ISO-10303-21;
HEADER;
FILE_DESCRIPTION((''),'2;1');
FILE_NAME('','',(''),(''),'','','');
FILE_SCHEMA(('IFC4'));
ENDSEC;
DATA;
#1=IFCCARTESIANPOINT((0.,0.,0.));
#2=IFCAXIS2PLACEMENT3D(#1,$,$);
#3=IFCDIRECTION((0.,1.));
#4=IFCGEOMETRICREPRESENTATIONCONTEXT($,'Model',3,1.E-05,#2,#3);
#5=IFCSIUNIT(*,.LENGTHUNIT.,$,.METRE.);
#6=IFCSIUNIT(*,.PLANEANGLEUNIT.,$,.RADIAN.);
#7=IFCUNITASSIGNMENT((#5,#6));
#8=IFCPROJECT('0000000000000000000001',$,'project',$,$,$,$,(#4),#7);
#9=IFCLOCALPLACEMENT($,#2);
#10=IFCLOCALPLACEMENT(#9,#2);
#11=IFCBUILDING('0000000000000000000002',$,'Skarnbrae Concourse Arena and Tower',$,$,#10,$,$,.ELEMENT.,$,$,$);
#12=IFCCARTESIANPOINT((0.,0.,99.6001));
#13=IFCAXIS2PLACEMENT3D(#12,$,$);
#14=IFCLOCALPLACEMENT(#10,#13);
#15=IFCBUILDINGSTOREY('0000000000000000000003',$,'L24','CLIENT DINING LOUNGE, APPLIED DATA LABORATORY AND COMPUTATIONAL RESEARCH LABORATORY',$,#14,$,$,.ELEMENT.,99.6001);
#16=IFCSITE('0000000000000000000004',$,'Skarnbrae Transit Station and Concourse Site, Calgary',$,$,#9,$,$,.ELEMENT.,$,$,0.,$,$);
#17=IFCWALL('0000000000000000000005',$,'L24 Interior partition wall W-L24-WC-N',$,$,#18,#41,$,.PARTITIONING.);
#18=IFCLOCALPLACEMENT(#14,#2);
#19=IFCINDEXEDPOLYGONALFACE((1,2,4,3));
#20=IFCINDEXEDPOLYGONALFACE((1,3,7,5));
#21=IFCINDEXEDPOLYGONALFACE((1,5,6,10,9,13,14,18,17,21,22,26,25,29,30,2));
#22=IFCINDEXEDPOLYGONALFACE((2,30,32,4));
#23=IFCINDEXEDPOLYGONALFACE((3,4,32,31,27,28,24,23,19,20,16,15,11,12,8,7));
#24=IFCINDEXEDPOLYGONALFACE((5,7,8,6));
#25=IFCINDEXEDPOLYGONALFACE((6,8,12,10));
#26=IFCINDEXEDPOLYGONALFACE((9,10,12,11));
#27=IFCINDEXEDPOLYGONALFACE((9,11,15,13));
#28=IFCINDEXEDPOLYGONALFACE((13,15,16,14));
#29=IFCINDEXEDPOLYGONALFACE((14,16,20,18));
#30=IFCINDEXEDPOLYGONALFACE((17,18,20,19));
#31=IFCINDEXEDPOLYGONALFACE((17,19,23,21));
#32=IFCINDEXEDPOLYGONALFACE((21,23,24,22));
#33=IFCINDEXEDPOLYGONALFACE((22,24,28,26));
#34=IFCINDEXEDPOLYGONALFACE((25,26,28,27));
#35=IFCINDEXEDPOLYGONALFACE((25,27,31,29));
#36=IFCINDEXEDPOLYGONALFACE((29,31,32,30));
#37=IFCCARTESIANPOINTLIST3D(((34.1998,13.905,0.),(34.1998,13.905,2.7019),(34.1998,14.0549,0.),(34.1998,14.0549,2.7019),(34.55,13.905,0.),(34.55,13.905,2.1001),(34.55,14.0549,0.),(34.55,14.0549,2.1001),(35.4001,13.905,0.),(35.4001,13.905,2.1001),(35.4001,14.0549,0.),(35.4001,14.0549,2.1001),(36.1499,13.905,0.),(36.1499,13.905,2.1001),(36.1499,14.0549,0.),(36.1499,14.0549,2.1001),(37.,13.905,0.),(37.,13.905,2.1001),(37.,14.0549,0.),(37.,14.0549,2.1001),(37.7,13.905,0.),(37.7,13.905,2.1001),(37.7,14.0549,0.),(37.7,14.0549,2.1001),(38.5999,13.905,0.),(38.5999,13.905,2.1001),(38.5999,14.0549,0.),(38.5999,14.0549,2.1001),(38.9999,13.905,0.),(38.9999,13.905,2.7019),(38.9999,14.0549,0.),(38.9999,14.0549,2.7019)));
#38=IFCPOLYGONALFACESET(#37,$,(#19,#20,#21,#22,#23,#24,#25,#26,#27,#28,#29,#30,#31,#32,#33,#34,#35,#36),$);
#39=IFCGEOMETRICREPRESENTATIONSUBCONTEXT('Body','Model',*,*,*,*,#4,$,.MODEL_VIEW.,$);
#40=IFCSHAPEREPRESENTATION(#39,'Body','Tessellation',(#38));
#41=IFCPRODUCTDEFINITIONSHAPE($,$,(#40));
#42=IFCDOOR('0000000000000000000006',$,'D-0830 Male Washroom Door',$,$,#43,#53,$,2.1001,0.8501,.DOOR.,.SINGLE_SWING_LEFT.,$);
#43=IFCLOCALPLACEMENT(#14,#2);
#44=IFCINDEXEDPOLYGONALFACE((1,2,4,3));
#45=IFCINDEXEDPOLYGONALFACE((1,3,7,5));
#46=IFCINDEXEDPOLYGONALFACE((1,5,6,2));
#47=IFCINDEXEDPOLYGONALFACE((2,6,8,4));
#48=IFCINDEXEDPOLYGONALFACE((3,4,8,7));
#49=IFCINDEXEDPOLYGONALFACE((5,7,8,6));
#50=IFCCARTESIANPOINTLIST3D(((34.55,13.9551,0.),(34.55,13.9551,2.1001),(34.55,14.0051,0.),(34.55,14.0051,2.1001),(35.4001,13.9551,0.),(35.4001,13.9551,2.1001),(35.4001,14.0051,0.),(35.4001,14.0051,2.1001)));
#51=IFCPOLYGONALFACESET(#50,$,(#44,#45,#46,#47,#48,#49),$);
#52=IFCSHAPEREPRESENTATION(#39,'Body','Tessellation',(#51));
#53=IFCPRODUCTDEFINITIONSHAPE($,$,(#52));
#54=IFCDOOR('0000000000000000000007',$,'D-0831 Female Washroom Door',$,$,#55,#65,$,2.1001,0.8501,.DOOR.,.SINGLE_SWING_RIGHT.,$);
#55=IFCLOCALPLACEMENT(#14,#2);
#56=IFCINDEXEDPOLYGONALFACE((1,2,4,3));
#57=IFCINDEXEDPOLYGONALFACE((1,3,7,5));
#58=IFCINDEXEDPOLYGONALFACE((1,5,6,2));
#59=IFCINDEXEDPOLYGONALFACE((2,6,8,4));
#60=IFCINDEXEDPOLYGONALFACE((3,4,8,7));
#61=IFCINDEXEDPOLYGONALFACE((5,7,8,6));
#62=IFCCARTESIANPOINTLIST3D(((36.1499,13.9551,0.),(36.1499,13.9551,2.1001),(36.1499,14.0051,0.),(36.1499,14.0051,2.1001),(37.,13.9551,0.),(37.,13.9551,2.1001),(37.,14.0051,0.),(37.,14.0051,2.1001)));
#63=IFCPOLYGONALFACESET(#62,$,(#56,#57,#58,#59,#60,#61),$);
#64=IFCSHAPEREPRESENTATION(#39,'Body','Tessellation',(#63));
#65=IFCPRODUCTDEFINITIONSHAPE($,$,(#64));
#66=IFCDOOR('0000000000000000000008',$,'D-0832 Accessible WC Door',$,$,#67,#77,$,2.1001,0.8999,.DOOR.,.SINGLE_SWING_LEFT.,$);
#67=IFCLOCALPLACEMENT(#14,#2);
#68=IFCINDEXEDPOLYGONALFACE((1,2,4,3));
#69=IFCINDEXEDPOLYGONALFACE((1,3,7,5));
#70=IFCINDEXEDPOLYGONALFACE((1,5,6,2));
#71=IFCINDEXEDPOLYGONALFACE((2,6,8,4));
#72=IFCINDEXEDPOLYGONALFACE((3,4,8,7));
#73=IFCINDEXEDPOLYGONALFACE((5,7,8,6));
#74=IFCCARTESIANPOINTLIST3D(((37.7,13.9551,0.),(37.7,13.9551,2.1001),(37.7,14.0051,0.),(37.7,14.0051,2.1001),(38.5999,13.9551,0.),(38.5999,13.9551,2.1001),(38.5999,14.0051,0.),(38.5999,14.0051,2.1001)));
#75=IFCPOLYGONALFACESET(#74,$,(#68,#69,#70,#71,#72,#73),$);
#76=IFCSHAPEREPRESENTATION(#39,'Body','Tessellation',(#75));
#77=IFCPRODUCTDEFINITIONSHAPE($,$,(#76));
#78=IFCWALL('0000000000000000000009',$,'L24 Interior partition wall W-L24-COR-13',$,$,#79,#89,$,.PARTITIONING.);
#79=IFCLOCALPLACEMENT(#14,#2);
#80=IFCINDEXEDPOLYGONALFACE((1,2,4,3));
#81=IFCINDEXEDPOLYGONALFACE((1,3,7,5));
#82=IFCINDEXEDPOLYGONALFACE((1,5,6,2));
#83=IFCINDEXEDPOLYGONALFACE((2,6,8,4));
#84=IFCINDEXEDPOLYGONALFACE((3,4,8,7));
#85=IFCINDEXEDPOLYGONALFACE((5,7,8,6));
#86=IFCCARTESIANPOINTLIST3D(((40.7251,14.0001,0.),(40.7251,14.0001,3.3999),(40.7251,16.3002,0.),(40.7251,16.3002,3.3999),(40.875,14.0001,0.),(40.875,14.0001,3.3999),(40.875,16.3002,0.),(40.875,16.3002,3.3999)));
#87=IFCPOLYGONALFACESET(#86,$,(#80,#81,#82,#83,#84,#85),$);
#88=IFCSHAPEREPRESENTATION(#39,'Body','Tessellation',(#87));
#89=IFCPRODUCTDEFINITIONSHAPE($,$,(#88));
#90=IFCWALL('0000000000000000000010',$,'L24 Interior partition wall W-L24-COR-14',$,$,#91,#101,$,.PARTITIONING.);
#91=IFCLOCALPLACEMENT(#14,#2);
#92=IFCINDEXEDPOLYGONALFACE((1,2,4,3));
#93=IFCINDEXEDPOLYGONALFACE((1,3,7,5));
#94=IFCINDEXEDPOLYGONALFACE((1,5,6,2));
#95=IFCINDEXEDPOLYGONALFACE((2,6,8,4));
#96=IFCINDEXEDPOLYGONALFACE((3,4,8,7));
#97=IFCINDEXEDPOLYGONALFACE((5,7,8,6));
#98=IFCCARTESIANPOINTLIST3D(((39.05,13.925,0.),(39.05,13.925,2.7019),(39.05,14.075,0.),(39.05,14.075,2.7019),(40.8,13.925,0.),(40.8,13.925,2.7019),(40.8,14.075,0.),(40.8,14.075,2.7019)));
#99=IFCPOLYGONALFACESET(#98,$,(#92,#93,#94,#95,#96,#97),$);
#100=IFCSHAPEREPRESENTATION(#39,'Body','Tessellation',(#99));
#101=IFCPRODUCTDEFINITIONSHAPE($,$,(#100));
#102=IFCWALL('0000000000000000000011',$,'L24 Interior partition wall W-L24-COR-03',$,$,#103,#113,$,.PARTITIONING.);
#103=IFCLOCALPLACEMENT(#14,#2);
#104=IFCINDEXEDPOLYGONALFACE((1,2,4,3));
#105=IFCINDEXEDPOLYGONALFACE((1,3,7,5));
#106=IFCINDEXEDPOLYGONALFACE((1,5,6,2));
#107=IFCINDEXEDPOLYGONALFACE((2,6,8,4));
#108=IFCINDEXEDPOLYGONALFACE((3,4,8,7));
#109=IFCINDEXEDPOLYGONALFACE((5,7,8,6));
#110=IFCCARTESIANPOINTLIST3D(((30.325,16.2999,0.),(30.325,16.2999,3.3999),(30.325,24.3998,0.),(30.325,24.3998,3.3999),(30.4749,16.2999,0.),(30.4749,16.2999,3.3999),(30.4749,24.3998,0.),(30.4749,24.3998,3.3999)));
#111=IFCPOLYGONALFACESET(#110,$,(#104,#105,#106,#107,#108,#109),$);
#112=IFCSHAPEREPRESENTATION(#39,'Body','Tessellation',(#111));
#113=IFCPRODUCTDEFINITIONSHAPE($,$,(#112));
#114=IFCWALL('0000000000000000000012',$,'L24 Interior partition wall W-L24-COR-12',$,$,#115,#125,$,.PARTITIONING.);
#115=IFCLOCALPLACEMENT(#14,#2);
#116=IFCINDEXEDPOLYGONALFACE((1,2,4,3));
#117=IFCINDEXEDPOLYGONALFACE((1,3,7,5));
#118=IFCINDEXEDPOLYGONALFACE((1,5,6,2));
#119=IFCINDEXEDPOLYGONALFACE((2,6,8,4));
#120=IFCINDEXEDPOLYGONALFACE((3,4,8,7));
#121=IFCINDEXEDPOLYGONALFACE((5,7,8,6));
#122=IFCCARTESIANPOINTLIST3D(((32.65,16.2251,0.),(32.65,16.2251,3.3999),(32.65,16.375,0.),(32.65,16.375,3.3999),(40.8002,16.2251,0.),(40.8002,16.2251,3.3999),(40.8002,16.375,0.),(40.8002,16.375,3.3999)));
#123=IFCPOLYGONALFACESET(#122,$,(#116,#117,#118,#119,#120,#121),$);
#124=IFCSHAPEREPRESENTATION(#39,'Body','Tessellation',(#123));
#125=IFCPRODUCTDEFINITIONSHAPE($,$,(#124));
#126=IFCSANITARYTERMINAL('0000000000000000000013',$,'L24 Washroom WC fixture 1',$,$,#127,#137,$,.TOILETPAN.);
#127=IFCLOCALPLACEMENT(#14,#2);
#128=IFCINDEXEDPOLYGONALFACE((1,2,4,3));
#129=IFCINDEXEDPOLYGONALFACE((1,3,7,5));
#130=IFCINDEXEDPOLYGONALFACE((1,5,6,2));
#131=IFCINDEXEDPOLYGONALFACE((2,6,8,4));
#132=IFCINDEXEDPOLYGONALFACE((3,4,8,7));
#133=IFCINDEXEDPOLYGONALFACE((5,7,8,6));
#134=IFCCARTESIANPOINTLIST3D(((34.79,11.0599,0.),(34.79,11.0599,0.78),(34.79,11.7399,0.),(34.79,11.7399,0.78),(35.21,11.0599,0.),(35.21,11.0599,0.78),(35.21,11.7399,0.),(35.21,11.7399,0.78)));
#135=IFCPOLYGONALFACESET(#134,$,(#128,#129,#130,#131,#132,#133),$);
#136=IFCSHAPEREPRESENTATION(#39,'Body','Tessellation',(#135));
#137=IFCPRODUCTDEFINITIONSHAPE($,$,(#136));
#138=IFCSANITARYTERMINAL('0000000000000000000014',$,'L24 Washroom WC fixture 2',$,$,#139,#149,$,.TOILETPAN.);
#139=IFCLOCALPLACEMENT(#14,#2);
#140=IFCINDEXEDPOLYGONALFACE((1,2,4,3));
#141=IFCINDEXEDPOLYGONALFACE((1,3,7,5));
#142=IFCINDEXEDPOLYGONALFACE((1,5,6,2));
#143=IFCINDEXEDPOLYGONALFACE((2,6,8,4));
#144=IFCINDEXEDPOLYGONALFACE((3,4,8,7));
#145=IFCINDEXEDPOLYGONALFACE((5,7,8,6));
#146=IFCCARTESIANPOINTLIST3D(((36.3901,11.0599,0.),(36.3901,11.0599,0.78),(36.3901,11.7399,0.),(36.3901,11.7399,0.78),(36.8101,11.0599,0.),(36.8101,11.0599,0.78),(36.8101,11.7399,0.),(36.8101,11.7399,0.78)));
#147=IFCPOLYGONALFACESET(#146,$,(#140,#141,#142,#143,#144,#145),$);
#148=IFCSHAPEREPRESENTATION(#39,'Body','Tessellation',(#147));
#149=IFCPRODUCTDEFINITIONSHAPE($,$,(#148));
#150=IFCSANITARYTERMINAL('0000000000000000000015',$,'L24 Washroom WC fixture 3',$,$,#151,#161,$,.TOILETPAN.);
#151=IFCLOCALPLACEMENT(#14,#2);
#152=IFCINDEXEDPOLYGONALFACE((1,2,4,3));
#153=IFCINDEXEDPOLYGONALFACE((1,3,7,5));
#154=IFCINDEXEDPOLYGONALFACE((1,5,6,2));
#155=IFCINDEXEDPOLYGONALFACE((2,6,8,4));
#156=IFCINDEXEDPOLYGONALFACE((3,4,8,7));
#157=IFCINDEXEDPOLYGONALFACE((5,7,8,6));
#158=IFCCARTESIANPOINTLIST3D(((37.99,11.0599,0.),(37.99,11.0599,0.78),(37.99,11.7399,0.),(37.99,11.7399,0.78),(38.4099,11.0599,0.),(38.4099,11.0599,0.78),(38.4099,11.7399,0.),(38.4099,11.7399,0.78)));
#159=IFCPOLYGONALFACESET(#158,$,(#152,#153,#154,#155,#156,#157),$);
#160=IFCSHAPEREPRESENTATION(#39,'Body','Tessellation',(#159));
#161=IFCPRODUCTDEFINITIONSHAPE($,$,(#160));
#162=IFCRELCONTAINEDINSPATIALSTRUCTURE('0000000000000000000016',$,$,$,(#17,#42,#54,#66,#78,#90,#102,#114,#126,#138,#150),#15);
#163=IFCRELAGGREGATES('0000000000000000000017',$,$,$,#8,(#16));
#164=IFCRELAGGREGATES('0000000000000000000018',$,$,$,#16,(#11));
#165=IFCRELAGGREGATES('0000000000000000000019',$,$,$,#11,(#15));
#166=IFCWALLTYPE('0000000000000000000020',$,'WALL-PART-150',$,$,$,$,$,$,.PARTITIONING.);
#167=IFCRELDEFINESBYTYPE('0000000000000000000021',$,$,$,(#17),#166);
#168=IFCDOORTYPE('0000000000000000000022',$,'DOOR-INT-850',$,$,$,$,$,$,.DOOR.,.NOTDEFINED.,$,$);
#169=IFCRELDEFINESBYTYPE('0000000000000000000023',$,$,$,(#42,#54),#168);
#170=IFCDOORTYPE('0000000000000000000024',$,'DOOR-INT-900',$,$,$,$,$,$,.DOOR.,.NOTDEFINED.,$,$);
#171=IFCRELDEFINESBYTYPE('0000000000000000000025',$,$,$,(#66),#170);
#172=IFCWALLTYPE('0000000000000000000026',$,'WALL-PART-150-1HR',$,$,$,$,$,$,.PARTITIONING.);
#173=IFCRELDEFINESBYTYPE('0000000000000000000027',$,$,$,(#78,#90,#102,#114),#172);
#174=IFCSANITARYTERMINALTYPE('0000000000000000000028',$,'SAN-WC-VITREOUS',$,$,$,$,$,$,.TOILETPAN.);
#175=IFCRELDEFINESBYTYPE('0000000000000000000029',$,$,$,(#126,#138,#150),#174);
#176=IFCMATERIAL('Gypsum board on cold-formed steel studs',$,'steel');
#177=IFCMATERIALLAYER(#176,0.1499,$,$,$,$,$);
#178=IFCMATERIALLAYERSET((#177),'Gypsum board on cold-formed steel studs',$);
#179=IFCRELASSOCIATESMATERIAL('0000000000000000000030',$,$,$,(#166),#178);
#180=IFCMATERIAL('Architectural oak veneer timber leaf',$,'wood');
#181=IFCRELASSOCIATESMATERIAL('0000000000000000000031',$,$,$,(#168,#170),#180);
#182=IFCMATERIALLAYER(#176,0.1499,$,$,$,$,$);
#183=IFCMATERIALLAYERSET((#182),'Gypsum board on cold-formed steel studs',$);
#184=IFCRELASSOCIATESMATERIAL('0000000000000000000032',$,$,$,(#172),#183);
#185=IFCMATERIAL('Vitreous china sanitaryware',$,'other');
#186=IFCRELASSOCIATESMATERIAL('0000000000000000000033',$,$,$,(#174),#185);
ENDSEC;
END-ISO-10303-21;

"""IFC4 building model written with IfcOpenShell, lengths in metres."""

from ifc_helpers import new_model, si_unit, direction, frame, frame_2d, origin, origin_2d, place, context, subcontext, project, spatial, rectangle, extrude, source, transform, mapped, material, layer, layer_set, type_object, element, fill, save


model = new_model("IFC4")

# Units and contexts
model_context = context("Model", 3, precision=1e-05, world=origin(), true_north=direction((0.0, 1.0)))
body_context = subcontext(model_context, "Body", "Model", "MODEL_VIEW")
ifc_project = project(units=[si_unit("LENGTHUNIT", "METRE"), si_unit("PLANEANGLEUNIT", "RADIAN")], contexts=[model_context])

# Site, building, storey
site_placement = place(None, origin())
site = spatial("IfcSite", under=ifc_project, at=site_placement, Name="Skarnbrae Transit Station and Concourse Site, Calgary", CompositionType="ELEMENT", RefElevation=0.0)
building_placement = place(site_placement, origin())
building = spatial("IfcBuilding", under=site, at=building_placement, Name="Skarnbrae Concourse Arena and Tower", CompositionType="ELEMENT")
storey_placement = place(building_placement, frame((0.0, 0.0, 99.6001)))
storey = spatial("IfcBuildingStorey", under=building, at=storey_placement, Name="L24", Description="CLIENT DINING LOUNGE, APPLIED DATA LABORATORY AND COMPUTATIONAL RESEARCH LABORATORY", CompositionType="ELEMENT", Elevation=99.6001)

# Wall, openings, doors
ifc_material_1 = material(Name="Gypsum board on cold-formed steel studs", Category="steel")
ifc_layer_1 = layer(ifc_material_1, 0.1499)
ifc_layer_set_1 = layer_set([ifc_layer_1], Name="Gypsum board on cold-formed steel studs")
wall_type_1 = type_object("IfcWallType", Name="WALL-PART-150", PredefinedType="PARTITIONING", material=ifc_layer_set_1)
shared_shape_1 = source(origin(), body_context, "Body", "SweptSolid", [
    extrude(rectangle(XDim=4.8, YDim=0.1499, at=frame_2d((2.3999, 0.0))), origin(), (0.0, 0.0, 1.0), 2.7019),
])
wall_1_placement = place(storey_placement, frame((34.2, 13.98, 0.0), z_axis=(0.0, 0.0, 1.0), x_axis=(1.0, 0.0, 0.0)))
wall_1 = element("IfcWall", 1, at=wall_1_placement, inside=storey, type_object=wall_type_1, Name="L24 Interior partition wall W-L24-WC-N", PredefinedType="PARTITIONING", context=body_context, shape_type="MappedRepresentation", body=[
    mapped(shared_shape_1, transform((0.0, 0.0, 0.0))),
])
opening_1_placement = place(wall_1_placement, frame((0.3501, 0.0, 0.0)))
opening_1 = element("IfcOpeningElement", 2, at=opening_1_placement, cuts=wall_1, PredefinedType="OPENING", context=body_context, shape_type="SweptSolid", body=[
    extrude(rectangle(XDim=0.8501, YDim=2.1001, at=frame_2d((0.425, 1.05))), frame((0.0, 0.085, 0.0), z_axis=(0.0, -1.0, 0.0), x_axis=(1.0, 0.0, 0.0)), (0.0, 0.0, 1.0), 0.1699),
])
opening_2_placement = place(wall_1_placement, frame((1.95, 0.0, 0.0)))
opening_2 = element("IfcOpeningElement", 3, at=opening_2_placement, cuts=wall_1, PredefinedType="OPENING", context=body_context, shape_type="SweptSolid", body=[
    extrude(rectangle(XDim=0.8501, YDim=2.1001, at=frame_2d((0.425, 1.05))), frame((0.0, 0.085, 0.0), z_axis=(0.0, -1.0, 0.0), x_axis=(1.0, 0.0, 0.0)), (0.0, 0.0, 1.0), 0.1699),
])
opening_3_placement = place(wall_1_placement, frame((3.5, 0.0, 0.0)))
opening_3 = element("IfcOpeningElement", 4, at=opening_3_placement, cuts=wall_1, PredefinedType="OPENING", context=body_context, shape_type="SweptSolid", body=[
    extrude(rectangle(XDim=0.8999, YDim=2.1001, at=frame_2d((0.45, 1.05))), frame((0.0, 0.085, 0.0), z_axis=(0.0, -1.0, 0.0), x_axis=(1.0, 0.0, 0.0)), (0.0, 0.0, 1.0), 0.1699),
])
ifc_material_2 = material(Name="Architectural oak veneer timber leaf", Category="wood")
door_type_1 = type_object("IfcDoorType", Name="DOOR-INT-850", OperationType="NOTDEFINED", PredefinedType="DOOR", material=ifc_material_2)
shared_shape_2 = source(origin(), body_context, "Body", "SweptSolid", [
    extrude(rectangle(XDim=0.8501, YDim=2.1001, at=frame_2d((0.425, 1.05))), frame((0.0, 0.0249, 0.0), z_axis=(0.0, -1.0, 0.0), x_axis=(1.0, 0.0, 0.0)), (0.0, 0.0, 1.0), 0.05),
])
door_1_placement = place(opening_1_placement, frame((0.8501, 0.0, 0.0), z_axis=(0.0, 0.0, 1.0), x_axis=(-1.0, 0.0, 0.0)))
door_1 = element("IfcDoor", 5, at=door_1_placement, inside=storey, type_object=door_type_1, Name="D-0830 Male Washroom Door", OperationType="SINGLE_SWING_LEFT", OverallHeight=2.1001, OverallWidth=0.8501, PredefinedType="DOOR", context=body_context, shape_type="MappedRepresentation", body=[
    mapped(shared_shape_2, transform((0.0, 0.0, 0.0))),
])
fill(opening_1, door_1)
door_2_placement = place(opening_2_placement, frame((0.8501, 0.0, 0.0), z_axis=(0.0, 0.0, 1.0), x_axis=(-1.0, 0.0, 0.0)))
door_2 = element("IfcDoor", 6, at=door_2_placement, inside=storey, type_object=door_type_1, Name="D-0831 Female Washroom Door", OperationType="SINGLE_SWING_RIGHT", OverallHeight=2.1001, OverallWidth=0.8501, PredefinedType="DOOR", context=body_context, shape_type="MappedRepresentation", body=[
    mapped(shared_shape_2, transform((0.0, 0.0, 0.0))),
])
fill(opening_2, door_2)
door_type_2 = type_object("IfcDoorType", Name="DOOR-INT-900", OperationType="NOTDEFINED", PredefinedType="DOOR", material=ifc_material_2)
shared_shape_3 = source(origin(), body_context, "Body", "SweptSolid", [
    extrude(rectangle(XDim=0.8999, YDim=2.1001, at=frame_2d((0.45, 1.05))), frame((0.0, 0.0249, 0.0), z_axis=(0.0, -1.0, 0.0), x_axis=(1.0, 0.0, 0.0)), (0.0, 0.0, 1.0), 0.05),
])
door_3_placement = place(opening_3_placement, frame((0.8999, 0.0, 0.0), z_axis=(0.0, 0.0, 1.0), x_axis=(-1.0, 0.0, 0.0)))
door_3 = element("IfcDoor", 7, at=door_3_placement, inside=storey, type_object=door_type_2, Name="D-0832 Accessible WC Door", OperationType="SINGLE_SWING_LEFT", OverallHeight=2.1001, OverallWidth=0.8999, PredefinedType="DOOR", context=body_context, shape_type="MappedRepresentation", body=[
    mapped(shared_shape_3, transform((0.0, 0.0, 0.0))),
])
fill(opening_3, door_3)

# Walls
ifc_layer_2 = layer(ifc_material_1, 0.1499)
ifc_layer_set_2 = layer_set([ifc_layer_2], Name="Gypsum board on cold-formed steel studs")
wall_type_2 = type_object("IfcWallType", Name="WALL-PART-150-1HR", PredefinedType="PARTITIONING", material=ifc_layer_set_2)
shared_shape_4 = source(origin(), body_context, "Body", "SweptSolid", [
    extrude(rectangle(XDim=2.3, YDim=0.1499, at=frame_2d((1.1499, 0.0))), origin(), (0.0, 0.0, 1.0), 3.3999),
])
wall_2_placement = place(storey_placement, frame((40.8, 16.3, 0.0), z_axis=(0.0, 0.0, 1.0), x_axis=(0.0, -1.0, 0.0)))
element("IfcWall", 8, at=wall_2_placement, inside=storey, type_object=wall_type_2, Name="L24 Interior partition wall W-L24-COR-13", PredefinedType="PARTITIONING", context=body_context, shape_type="MappedRepresentation", body=[
    mapped(shared_shape_4, transform((0.0, 0.0, 0.0))),
])
shared_shape_5 = source(origin(), body_context, "Body", "SweptSolid", [
    extrude(rectangle(XDim=1.75, YDim=0.1499, at=frame_2d((0.875, 0.0))), origin(), (0.0, 0.0, 1.0), 2.7019),
])
wall_3_placement = place(storey_placement, frame((40.8, 14.0, 0.0), z_axis=(0.0, 0.0, 1.0), x_axis=(-1.0, 0.0, 0.0)))
element("IfcWall", 9, at=wall_3_placement, inside=storey, type_object=wall_type_2, Name="L24 Interior partition wall W-L24-COR-14", PredefinedType="PARTITIONING", context=body_context, shape_type="MappedRepresentation", body=[
    mapped(shared_shape_5, transform((0.0, 0.0, 0.0))),
])
shared_shape_6 = source(origin(), body_context, "Body", "SweptSolid", [
    extrude(rectangle(XDim=8.0999, YDim=0.1499, at=frame_2d((4.0498, 0.0))), origin(), (0.0, 0.0, 1.0), 3.3999),
])
wall_4_placement = place(storey_placement, frame((30.3999, 16.3, 0.0), z_axis=(0.0, 0.0, 1.0), x_axis=(0.0, 1.0, 0.0)))
element("IfcWall", 10, at=wall_4_placement, inside=storey, type_object=wall_type_2, Name="L24 Interior partition wall W-L24-COR-03", PredefinedType="PARTITIONING", context=body_context, shape_type="MappedRepresentation", body=[
    mapped(shared_shape_6, transform((0.0, 0.0, 0.0))),
])
shared_shape_7 = source(origin(), body_context, "Body", "SweptSolid", [
    extrude(rectangle(XDim=8.1501, YDim=0.1499, at=frame_2d((4.0752, 0.0))), origin(), (0.0, 0.0, 1.0), 3.3999),
])
wall_5_placement = place(storey_placement, frame((32.6499, 16.3, 0.0), z_axis=(0.0, 0.0, 1.0), x_axis=(1.0, 0.0, 0.0)))
element("IfcWall", 11, at=wall_5_placement, inside=storey, type_object=wall_type_2, Name="L24 Interior partition wall W-L24-COR-12", PredefinedType="PARTITIONING", context=body_context, shape_type="MappedRepresentation", body=[
    mapped(shared_shape_7, transform((0.0, 0.0, 0.0))),
])

# Sanitary terminals
ifc_material_3 = material(Name="Vitreous china sanitaryware", Category="other")
sanitary_terminal_type = type_object("IfcSanitaryTerminalType", Name="SAN-WC-VITREOUS", PredefinedType="TOILETPAN", material=ifc_material_3)
shared_shape_8 = source(origin(), body_context, "Body", "SweptSolid", [
    extrude(rectangle(XDim=0.4199, YDim=0.6799, at=origin_2d()), origin(), (0.0, 0.0, 1.0), 0.78),
])
for number, where, z_axis, x_axis, name in (
    (12, (35.0, 11.3999, 0.0), (0.0, 0.0, 1.0), (1.0, 0.0, 0.0), "L24 Washroom WC fixture 1"),
    (13, (36.6001, 11.3999, 0.0), (0.0, 0.0, 1.0), (1.0, 0.0, 0.0), "L24 Washroom WC fixture 2"),
    (14, (38.2, 11.3999, 0.0), (0.0, 0.0, 1.0), (1.0, 0.0, 0.0), "L24 Washroom WC fixture 3"),
):
    element("IfcSanitaryTerminal", number, at=place(storey_placement, frame(where, z_axis=z_axis, x_axis=x_axis)), inside=storey, type_object=sanitary_terminal_type, Name=name, PredefinedType="TOILETPAN", context=body_context, shape_type="MappedRepresentation", body=[
        mapped(shared_shape_8, transform((0.0, 0.0, 0.0))),
    ])

save(model, "model.ifc")
